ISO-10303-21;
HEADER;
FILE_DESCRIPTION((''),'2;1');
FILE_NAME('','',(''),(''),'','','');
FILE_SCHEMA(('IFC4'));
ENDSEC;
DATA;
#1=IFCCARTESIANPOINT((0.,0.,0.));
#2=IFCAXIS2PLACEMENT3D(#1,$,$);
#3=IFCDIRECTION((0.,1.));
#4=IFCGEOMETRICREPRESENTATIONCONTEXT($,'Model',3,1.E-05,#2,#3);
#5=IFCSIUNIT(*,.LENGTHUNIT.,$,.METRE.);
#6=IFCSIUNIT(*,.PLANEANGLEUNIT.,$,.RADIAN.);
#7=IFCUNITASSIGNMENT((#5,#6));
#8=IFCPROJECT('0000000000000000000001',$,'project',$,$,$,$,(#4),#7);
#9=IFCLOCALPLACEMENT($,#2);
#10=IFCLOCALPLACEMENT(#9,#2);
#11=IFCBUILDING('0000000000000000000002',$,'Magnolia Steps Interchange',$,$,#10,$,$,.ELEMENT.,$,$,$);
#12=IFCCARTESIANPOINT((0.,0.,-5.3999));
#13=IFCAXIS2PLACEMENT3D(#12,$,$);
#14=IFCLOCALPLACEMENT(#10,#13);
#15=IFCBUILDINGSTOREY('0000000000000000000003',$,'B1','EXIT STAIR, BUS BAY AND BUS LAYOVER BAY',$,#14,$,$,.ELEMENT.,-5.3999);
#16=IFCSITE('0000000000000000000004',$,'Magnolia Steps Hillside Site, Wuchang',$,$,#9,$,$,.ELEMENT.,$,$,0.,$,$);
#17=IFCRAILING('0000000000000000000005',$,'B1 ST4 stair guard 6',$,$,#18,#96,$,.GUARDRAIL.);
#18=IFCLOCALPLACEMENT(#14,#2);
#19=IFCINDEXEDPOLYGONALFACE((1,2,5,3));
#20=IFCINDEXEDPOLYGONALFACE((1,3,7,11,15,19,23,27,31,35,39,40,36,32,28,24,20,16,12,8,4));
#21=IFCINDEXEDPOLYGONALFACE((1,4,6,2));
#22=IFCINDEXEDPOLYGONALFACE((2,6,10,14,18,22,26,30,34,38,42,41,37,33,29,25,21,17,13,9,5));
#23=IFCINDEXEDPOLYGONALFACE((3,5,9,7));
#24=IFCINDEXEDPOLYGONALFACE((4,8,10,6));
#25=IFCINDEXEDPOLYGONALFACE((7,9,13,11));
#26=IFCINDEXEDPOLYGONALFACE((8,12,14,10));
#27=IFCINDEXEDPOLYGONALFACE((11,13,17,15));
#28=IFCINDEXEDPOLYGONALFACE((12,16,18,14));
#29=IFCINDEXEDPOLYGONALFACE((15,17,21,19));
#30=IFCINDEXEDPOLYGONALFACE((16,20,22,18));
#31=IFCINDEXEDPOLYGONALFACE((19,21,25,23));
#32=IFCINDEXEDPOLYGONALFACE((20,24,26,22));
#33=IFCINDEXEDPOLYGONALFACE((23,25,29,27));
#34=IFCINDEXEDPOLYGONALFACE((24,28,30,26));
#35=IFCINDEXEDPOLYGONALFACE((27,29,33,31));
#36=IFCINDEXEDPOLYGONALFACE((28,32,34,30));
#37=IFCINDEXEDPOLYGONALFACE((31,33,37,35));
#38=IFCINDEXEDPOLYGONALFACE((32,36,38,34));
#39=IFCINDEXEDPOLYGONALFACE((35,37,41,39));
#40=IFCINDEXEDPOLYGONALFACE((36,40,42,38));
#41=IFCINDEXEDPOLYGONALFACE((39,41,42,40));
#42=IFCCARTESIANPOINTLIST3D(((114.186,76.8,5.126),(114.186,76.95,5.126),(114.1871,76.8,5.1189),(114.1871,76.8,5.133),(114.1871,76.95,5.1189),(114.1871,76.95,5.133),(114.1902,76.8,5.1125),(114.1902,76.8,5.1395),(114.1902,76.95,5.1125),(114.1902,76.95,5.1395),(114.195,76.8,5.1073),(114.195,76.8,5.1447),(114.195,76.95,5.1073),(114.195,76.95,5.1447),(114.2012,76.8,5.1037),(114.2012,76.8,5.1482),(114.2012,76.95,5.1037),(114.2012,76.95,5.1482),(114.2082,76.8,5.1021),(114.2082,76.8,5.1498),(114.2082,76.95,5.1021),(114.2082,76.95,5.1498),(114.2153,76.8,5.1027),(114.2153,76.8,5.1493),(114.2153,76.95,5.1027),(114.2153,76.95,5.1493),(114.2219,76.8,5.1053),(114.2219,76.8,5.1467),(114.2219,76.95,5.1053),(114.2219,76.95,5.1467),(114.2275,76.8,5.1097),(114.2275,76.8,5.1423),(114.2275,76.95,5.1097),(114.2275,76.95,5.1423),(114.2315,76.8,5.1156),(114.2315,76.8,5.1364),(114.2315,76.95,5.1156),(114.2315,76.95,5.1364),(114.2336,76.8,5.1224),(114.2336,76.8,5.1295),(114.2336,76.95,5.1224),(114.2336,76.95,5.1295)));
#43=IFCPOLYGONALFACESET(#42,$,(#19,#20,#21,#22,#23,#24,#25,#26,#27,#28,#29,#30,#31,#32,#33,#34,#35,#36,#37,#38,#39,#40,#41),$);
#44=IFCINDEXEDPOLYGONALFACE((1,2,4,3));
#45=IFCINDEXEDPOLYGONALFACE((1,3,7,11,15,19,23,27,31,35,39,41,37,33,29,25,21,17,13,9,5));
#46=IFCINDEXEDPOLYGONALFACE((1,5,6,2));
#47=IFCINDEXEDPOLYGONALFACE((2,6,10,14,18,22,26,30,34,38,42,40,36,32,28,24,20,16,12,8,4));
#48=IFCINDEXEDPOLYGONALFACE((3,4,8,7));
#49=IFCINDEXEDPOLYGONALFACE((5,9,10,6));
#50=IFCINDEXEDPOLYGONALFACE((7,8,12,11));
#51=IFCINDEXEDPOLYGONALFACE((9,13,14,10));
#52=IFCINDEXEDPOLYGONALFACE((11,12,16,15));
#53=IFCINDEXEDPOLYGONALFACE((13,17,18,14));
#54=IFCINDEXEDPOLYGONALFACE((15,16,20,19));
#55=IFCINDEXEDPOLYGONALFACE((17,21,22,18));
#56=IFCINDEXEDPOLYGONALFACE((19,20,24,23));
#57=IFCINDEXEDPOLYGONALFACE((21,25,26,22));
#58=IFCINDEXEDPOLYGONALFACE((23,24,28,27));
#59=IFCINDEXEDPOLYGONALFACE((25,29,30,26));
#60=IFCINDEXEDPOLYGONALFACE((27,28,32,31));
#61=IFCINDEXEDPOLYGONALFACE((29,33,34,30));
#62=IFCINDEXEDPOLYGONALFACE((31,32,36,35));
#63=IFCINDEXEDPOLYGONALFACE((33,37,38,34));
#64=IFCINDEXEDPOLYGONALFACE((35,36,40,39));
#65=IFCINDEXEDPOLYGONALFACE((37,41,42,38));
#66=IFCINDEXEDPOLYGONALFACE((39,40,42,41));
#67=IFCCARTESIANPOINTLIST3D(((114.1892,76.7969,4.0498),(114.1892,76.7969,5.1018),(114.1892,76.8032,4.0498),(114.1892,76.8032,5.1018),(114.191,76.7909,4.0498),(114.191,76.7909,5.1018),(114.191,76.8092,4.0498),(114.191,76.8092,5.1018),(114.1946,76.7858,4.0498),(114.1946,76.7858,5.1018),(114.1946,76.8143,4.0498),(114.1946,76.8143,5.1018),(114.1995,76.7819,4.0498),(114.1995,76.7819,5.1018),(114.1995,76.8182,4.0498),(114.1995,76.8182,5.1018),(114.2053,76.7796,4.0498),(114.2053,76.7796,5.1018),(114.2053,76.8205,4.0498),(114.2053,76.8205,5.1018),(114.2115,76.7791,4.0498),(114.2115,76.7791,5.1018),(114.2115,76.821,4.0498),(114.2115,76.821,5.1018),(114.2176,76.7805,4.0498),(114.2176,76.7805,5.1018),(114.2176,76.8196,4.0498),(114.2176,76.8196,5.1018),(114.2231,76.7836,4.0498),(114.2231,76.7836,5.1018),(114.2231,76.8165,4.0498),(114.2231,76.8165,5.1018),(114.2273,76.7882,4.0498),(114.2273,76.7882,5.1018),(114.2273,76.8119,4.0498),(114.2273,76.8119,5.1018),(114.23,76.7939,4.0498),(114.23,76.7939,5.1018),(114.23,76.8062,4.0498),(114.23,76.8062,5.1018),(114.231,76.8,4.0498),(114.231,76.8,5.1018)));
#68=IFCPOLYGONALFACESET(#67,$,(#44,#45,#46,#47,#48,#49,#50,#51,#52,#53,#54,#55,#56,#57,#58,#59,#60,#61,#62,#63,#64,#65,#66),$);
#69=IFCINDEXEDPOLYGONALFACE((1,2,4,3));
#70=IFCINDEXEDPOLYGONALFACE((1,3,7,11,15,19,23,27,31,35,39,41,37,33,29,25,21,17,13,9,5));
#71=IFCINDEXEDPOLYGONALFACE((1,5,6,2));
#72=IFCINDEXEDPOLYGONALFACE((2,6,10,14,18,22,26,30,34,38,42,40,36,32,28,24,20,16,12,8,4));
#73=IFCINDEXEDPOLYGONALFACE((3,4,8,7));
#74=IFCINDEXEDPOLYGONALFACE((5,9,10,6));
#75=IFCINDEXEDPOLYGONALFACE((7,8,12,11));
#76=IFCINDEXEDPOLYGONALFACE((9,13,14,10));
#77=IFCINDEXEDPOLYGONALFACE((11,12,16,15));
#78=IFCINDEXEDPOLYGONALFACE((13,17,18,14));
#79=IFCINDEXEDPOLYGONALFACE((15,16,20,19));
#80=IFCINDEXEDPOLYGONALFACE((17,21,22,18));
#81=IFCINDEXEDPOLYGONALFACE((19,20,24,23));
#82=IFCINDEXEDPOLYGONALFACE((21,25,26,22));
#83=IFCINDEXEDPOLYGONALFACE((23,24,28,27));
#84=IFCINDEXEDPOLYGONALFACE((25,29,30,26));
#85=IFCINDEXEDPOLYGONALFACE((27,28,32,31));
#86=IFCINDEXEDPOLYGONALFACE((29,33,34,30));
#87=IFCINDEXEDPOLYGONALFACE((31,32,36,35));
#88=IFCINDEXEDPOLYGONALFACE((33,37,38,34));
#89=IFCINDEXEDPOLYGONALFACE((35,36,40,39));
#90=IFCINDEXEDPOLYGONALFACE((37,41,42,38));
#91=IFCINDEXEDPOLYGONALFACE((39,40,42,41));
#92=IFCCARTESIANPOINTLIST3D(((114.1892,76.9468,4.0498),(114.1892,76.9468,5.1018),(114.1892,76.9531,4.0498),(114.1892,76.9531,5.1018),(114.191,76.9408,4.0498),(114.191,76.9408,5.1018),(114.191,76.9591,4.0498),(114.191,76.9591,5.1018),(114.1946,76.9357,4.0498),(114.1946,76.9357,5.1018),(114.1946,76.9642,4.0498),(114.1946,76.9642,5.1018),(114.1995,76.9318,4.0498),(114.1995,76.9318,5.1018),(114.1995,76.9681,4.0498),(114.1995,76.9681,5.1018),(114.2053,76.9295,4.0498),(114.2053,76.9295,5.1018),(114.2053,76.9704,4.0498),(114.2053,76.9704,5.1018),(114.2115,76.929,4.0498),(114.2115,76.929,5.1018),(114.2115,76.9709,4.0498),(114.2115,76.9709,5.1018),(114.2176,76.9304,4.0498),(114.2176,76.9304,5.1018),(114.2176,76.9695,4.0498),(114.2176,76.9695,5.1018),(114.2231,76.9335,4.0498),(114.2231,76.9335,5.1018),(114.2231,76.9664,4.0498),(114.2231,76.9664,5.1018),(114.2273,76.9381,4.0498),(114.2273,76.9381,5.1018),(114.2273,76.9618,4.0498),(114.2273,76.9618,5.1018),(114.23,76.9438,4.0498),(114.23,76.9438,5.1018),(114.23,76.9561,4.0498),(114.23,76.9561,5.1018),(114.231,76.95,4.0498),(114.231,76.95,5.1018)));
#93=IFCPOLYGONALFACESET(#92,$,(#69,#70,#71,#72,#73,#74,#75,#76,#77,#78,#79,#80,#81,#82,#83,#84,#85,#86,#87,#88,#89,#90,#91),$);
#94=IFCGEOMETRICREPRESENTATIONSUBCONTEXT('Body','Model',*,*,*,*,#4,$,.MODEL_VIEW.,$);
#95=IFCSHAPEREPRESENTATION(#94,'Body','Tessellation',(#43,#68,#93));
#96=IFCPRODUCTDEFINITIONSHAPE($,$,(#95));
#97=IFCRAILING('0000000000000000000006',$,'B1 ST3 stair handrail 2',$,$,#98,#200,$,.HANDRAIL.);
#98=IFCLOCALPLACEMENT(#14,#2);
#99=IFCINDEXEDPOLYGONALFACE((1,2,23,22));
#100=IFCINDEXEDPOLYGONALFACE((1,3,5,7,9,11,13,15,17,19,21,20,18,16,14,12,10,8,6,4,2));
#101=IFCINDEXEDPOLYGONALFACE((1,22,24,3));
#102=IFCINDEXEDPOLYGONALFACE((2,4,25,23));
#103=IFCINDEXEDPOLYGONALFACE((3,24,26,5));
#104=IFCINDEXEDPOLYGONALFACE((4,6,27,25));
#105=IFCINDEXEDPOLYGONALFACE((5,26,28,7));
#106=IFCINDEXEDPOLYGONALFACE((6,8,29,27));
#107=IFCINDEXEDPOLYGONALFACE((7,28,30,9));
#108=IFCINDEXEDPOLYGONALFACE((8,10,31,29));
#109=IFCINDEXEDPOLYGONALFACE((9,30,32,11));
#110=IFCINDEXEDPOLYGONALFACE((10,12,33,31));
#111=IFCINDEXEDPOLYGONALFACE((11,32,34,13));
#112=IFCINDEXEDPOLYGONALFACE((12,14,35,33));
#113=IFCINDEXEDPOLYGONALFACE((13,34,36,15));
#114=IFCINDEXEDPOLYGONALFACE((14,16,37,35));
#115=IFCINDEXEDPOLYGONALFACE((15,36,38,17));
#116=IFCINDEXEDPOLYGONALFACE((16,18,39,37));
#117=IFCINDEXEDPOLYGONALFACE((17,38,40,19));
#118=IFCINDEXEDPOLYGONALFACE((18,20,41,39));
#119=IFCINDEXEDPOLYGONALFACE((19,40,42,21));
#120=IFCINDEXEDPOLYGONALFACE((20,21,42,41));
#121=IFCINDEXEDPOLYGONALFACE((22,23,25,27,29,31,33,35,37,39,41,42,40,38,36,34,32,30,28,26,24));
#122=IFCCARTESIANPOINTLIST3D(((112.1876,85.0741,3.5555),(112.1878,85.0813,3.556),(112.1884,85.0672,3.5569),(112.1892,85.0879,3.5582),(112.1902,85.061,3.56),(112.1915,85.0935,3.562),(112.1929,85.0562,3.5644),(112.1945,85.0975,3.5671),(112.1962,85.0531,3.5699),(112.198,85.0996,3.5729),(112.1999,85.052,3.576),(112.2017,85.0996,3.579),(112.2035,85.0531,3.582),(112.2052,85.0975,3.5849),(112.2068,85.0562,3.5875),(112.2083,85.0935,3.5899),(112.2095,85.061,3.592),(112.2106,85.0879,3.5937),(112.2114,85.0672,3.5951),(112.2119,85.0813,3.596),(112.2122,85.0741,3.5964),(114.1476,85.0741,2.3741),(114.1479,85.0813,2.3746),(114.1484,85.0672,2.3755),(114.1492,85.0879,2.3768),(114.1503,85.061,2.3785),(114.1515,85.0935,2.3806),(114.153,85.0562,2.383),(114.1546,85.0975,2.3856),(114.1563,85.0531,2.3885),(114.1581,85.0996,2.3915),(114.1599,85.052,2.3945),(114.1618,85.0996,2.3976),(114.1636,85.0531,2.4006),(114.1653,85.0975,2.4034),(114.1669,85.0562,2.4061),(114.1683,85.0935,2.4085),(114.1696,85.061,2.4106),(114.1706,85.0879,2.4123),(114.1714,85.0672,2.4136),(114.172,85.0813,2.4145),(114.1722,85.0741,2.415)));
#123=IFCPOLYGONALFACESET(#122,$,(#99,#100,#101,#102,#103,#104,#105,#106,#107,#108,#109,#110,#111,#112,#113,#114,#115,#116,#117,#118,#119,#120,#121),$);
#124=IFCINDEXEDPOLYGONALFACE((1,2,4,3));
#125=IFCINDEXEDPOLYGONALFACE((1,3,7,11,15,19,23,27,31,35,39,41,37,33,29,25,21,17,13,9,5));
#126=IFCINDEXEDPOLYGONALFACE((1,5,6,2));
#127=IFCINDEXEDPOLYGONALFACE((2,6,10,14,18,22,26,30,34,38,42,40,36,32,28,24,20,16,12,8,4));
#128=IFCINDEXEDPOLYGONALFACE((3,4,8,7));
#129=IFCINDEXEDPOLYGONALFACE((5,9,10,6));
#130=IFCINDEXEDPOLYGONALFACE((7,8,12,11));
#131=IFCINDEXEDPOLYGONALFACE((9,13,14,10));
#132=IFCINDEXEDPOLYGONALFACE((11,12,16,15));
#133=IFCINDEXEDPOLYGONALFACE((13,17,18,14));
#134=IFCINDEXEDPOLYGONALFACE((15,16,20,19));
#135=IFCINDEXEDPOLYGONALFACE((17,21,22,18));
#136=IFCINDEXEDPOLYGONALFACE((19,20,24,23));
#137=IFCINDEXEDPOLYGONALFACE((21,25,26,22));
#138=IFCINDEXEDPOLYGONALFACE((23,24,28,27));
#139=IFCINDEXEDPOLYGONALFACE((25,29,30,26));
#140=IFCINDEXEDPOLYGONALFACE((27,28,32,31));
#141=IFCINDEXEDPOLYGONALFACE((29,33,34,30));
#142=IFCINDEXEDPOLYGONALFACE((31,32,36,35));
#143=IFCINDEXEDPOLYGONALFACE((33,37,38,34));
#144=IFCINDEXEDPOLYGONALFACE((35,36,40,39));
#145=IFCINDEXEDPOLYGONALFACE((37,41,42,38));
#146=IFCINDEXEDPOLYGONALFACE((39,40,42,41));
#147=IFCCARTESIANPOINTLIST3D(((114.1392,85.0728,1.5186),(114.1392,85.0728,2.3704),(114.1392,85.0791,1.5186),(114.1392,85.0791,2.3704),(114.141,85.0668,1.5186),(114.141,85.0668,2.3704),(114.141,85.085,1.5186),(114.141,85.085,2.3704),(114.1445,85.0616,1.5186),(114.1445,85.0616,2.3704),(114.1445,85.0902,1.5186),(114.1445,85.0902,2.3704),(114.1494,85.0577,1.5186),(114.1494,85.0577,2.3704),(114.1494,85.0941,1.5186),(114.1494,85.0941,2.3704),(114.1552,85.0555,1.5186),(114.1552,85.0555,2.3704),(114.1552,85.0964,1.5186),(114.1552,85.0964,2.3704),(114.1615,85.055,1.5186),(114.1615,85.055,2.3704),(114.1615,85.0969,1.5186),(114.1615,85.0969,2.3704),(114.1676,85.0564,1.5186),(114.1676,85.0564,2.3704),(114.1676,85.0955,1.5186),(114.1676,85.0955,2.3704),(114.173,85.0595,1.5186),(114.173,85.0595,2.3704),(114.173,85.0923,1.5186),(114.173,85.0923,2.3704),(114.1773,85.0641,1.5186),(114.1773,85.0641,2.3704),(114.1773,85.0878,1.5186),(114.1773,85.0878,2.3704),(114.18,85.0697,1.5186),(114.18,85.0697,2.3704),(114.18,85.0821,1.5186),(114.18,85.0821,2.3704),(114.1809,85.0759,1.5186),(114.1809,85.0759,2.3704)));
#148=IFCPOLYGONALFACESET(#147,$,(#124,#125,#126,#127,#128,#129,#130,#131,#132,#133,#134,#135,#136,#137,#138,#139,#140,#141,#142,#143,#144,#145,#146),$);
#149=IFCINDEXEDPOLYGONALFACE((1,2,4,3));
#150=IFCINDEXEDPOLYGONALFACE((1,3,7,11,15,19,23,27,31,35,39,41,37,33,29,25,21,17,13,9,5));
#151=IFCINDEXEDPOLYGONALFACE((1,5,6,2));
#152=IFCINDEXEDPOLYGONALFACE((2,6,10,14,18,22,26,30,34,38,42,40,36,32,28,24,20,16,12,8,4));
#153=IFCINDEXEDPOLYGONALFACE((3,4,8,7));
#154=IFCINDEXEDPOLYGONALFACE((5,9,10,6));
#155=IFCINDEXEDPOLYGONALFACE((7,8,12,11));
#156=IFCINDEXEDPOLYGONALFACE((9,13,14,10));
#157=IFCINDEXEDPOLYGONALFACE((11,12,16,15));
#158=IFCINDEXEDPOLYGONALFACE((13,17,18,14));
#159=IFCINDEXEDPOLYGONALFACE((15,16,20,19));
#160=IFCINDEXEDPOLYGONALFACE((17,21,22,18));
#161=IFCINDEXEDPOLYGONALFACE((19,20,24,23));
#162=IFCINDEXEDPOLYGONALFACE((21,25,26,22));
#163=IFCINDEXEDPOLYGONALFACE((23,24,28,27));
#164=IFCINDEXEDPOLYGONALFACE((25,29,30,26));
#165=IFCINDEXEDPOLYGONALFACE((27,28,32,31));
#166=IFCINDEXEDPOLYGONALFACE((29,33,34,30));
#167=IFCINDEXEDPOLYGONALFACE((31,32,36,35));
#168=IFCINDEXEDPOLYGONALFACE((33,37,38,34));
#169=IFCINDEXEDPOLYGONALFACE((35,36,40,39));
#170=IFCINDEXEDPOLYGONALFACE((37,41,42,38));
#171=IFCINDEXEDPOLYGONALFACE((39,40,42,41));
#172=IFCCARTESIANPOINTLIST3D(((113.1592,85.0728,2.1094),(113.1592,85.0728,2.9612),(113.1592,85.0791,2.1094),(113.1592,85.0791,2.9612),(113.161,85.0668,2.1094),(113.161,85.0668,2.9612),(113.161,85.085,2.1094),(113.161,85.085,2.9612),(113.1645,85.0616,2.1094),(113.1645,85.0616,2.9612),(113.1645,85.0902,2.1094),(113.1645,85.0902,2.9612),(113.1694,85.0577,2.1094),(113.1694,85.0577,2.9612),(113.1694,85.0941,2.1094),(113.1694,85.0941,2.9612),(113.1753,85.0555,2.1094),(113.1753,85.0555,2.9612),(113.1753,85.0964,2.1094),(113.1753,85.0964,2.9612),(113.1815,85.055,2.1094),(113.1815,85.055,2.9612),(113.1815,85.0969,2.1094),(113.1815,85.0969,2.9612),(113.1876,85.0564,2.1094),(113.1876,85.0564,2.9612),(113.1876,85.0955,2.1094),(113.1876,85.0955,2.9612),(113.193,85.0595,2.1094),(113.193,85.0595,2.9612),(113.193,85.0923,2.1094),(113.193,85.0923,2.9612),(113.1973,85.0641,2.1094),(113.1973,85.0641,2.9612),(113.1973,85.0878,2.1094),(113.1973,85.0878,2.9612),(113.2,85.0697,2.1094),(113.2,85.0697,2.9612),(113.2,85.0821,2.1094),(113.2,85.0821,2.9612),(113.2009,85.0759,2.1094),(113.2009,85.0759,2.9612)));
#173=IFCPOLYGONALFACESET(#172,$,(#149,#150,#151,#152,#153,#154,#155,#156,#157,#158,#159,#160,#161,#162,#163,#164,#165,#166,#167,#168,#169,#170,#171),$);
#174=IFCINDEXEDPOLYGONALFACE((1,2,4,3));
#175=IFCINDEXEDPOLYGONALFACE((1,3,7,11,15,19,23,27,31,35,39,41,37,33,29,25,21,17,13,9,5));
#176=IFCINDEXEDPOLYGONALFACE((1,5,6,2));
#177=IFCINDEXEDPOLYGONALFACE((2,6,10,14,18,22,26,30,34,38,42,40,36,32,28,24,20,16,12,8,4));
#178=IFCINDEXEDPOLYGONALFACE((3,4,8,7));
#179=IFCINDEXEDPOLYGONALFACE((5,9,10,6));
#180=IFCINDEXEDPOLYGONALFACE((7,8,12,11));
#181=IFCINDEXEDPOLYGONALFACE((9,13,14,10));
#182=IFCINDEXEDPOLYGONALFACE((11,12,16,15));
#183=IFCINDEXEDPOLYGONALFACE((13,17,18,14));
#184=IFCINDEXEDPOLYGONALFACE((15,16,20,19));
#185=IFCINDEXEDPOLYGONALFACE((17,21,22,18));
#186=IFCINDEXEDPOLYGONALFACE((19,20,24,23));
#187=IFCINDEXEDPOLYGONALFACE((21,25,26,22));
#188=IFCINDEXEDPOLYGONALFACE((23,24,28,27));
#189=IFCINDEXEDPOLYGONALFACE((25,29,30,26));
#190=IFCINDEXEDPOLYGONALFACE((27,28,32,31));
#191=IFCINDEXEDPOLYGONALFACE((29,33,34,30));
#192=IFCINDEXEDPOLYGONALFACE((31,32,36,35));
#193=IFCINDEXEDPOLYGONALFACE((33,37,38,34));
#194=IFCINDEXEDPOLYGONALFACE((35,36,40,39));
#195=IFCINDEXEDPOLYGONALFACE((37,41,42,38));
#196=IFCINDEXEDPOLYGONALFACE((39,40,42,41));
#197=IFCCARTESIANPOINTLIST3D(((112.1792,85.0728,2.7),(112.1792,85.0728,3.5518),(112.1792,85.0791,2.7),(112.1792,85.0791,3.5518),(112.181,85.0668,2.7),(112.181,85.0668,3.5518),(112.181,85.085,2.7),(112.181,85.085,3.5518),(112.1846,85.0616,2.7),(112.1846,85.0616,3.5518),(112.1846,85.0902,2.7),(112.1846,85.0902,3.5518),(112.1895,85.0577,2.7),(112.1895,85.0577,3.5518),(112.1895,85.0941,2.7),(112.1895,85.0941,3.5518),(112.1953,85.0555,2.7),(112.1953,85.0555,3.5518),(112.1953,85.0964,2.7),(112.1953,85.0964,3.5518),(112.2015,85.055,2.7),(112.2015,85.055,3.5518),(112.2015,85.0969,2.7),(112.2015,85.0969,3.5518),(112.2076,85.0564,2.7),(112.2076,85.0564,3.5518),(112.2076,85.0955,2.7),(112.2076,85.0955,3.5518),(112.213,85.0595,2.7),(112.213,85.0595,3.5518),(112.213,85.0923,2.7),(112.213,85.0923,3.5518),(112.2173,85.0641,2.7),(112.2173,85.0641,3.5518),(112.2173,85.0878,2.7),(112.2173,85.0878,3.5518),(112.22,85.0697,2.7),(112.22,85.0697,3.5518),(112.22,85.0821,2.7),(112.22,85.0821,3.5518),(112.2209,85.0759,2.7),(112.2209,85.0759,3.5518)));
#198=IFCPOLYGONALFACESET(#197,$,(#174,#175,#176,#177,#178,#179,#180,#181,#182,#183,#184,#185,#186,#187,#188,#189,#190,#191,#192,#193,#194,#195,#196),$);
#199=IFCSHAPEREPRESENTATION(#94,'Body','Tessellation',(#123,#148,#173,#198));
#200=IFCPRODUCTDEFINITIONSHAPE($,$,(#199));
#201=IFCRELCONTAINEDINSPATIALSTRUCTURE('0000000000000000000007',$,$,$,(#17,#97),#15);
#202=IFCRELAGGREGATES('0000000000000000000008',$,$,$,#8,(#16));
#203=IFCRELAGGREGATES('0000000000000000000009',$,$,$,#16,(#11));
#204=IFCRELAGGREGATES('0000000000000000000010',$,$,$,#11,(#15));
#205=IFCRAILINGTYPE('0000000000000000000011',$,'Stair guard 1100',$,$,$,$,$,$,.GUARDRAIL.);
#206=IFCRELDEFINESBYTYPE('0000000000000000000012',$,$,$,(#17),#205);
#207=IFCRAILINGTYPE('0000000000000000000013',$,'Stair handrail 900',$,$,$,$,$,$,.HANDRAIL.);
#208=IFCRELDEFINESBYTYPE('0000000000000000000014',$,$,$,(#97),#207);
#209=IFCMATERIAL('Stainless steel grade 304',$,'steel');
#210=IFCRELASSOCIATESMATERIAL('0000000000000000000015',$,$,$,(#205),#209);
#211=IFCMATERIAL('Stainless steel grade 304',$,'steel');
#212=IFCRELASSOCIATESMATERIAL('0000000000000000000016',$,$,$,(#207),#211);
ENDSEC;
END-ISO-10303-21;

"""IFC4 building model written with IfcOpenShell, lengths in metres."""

from ifc_helpers import new_model, si_unit, direction, frame, origin, origin_2d, place, context, subcontext, project, spatial, circle, extrude, material, type_object, element, save


model = new_model("IFC4")

# Units and contexts
model_context = context("Model", 3, precision=1e-05, world=origin(), true_north=direction((0.0, 1.0)))
body_context = subcontext(model_context, "Body", "Model", "MODEL_VIEW")
ifc_project = project(units=[si_unit("LENGTHUNIT", "METRE"), si_unit("PLANEANGLEUNIT", "RADIAN")], contexts=[model_context])

# Site, building, storey
site_placement = place(None, origin())
site = spatial("IfcSite", under=ifc_project, at=site_placement, Name="Magnolia Steps Hillside Site, Wuchang", CompositionType="ELEMENT", RefElevation=0.0)
building_placement = place(site_placement, origin())
building = spatial("IfcBuilding", under=site, at=building_placement, Name="Magnolia Steps Interchange", CompositionType="ELEMENT")
storey_placement = place(building_placement, frame((0.0, 0.0, -5.3999)))
storey = spatial("IfcBuildingStorey", under=building, at=storey_placement, Name="B1", Description="EXIT STAIR, BUS BAY AND BUS LAYOVER BAY", CompositionType="ELEMENT", Elevation=-5.3999)

# Railings
ifc_material_1 = material(Name="Stainless steel grade 304", Category="steel")
railing_type_1 = type_object("IfcRailingType", Name="Stair guard 1100", PredefinedType="GUARDRAIL", material=ifc_material_1)
for number, where, name in (
    (1, (114.21, 76.8, 4.0498), "B1 ST4 stair guard 6"),
):
    element("IfcRailing", number, at=place(storey_placement, frame(where)), inside=storey, type_object=railing_type_1, Name=name, PredefinedType="GUARDRAIL", context=body_context, shape_type="SweptSolid", body=[
        extrude(circle(Radius=0.0239, at=origin_2d()), frame((0.0, 0.0, 1.0762), z_axis=(0.0, 1.0, 0.0), x_axis=(-1.0, 0.0, 0.0)), (0.0, 0.0, 1.0), 0.1499),
        extrude(circle(Radius=0.021, at=origin_2d()), origin(), (0.0, 0.0, 1.0), 1.052),
        extrude(circle(Radius=0.021, at=origin_2d()), frame((0.0, 0.1499, 0.0)), (0.0, 0.0, 1.0), 1.052),
    ])
ifc_material_2 = material(Name="Stainless steel grade 304", Category="steel")
railing_type_2 = type_object("IfcRailingType", Name="Stair handrail 900", PredefinedType="HANDRAIL", material=ifc_material_2)
railing_1_placement = place(storey_placement, frame((114.1599, 85.0759, 1.5186)))
element("IfcRailing", 2, at=railing_1_placement, inside=storey, type_object=railing_type_2, Name="B1 ST3 stair handrail 2", PredefinedType="HANDRAIL", context=body_context, shape_type="SweptSolid", body=[
    extrude(circle(Radius=0.0239, at=origin_2d()), frame((0.0, 0.0, 0.876), z_axis=(-0.856446, 0.0, 0.516236), x_axis=(0.0, -1.0, 0.0)), (0.0, 0.0, 1.0), 2.2886),
    extrude(circle(Radius=0.021, at=origin_2d()), origin(), (0.0, 0.0, 1.0), 0.8518),
    extrude(circle(Radius=0.021, at=origin_2d()), frame((-0.98, 0.0, 0.5908)), (0.0, 0.0, 1.0), 0.8518),
    extrude(circle(Radius=0.021, at=origin_2d()), frame((-1.96, 0.0, 1.1814)), (0.0, 0.0, 1.0), 0.8518),
])

save(model, "model.ifc")
